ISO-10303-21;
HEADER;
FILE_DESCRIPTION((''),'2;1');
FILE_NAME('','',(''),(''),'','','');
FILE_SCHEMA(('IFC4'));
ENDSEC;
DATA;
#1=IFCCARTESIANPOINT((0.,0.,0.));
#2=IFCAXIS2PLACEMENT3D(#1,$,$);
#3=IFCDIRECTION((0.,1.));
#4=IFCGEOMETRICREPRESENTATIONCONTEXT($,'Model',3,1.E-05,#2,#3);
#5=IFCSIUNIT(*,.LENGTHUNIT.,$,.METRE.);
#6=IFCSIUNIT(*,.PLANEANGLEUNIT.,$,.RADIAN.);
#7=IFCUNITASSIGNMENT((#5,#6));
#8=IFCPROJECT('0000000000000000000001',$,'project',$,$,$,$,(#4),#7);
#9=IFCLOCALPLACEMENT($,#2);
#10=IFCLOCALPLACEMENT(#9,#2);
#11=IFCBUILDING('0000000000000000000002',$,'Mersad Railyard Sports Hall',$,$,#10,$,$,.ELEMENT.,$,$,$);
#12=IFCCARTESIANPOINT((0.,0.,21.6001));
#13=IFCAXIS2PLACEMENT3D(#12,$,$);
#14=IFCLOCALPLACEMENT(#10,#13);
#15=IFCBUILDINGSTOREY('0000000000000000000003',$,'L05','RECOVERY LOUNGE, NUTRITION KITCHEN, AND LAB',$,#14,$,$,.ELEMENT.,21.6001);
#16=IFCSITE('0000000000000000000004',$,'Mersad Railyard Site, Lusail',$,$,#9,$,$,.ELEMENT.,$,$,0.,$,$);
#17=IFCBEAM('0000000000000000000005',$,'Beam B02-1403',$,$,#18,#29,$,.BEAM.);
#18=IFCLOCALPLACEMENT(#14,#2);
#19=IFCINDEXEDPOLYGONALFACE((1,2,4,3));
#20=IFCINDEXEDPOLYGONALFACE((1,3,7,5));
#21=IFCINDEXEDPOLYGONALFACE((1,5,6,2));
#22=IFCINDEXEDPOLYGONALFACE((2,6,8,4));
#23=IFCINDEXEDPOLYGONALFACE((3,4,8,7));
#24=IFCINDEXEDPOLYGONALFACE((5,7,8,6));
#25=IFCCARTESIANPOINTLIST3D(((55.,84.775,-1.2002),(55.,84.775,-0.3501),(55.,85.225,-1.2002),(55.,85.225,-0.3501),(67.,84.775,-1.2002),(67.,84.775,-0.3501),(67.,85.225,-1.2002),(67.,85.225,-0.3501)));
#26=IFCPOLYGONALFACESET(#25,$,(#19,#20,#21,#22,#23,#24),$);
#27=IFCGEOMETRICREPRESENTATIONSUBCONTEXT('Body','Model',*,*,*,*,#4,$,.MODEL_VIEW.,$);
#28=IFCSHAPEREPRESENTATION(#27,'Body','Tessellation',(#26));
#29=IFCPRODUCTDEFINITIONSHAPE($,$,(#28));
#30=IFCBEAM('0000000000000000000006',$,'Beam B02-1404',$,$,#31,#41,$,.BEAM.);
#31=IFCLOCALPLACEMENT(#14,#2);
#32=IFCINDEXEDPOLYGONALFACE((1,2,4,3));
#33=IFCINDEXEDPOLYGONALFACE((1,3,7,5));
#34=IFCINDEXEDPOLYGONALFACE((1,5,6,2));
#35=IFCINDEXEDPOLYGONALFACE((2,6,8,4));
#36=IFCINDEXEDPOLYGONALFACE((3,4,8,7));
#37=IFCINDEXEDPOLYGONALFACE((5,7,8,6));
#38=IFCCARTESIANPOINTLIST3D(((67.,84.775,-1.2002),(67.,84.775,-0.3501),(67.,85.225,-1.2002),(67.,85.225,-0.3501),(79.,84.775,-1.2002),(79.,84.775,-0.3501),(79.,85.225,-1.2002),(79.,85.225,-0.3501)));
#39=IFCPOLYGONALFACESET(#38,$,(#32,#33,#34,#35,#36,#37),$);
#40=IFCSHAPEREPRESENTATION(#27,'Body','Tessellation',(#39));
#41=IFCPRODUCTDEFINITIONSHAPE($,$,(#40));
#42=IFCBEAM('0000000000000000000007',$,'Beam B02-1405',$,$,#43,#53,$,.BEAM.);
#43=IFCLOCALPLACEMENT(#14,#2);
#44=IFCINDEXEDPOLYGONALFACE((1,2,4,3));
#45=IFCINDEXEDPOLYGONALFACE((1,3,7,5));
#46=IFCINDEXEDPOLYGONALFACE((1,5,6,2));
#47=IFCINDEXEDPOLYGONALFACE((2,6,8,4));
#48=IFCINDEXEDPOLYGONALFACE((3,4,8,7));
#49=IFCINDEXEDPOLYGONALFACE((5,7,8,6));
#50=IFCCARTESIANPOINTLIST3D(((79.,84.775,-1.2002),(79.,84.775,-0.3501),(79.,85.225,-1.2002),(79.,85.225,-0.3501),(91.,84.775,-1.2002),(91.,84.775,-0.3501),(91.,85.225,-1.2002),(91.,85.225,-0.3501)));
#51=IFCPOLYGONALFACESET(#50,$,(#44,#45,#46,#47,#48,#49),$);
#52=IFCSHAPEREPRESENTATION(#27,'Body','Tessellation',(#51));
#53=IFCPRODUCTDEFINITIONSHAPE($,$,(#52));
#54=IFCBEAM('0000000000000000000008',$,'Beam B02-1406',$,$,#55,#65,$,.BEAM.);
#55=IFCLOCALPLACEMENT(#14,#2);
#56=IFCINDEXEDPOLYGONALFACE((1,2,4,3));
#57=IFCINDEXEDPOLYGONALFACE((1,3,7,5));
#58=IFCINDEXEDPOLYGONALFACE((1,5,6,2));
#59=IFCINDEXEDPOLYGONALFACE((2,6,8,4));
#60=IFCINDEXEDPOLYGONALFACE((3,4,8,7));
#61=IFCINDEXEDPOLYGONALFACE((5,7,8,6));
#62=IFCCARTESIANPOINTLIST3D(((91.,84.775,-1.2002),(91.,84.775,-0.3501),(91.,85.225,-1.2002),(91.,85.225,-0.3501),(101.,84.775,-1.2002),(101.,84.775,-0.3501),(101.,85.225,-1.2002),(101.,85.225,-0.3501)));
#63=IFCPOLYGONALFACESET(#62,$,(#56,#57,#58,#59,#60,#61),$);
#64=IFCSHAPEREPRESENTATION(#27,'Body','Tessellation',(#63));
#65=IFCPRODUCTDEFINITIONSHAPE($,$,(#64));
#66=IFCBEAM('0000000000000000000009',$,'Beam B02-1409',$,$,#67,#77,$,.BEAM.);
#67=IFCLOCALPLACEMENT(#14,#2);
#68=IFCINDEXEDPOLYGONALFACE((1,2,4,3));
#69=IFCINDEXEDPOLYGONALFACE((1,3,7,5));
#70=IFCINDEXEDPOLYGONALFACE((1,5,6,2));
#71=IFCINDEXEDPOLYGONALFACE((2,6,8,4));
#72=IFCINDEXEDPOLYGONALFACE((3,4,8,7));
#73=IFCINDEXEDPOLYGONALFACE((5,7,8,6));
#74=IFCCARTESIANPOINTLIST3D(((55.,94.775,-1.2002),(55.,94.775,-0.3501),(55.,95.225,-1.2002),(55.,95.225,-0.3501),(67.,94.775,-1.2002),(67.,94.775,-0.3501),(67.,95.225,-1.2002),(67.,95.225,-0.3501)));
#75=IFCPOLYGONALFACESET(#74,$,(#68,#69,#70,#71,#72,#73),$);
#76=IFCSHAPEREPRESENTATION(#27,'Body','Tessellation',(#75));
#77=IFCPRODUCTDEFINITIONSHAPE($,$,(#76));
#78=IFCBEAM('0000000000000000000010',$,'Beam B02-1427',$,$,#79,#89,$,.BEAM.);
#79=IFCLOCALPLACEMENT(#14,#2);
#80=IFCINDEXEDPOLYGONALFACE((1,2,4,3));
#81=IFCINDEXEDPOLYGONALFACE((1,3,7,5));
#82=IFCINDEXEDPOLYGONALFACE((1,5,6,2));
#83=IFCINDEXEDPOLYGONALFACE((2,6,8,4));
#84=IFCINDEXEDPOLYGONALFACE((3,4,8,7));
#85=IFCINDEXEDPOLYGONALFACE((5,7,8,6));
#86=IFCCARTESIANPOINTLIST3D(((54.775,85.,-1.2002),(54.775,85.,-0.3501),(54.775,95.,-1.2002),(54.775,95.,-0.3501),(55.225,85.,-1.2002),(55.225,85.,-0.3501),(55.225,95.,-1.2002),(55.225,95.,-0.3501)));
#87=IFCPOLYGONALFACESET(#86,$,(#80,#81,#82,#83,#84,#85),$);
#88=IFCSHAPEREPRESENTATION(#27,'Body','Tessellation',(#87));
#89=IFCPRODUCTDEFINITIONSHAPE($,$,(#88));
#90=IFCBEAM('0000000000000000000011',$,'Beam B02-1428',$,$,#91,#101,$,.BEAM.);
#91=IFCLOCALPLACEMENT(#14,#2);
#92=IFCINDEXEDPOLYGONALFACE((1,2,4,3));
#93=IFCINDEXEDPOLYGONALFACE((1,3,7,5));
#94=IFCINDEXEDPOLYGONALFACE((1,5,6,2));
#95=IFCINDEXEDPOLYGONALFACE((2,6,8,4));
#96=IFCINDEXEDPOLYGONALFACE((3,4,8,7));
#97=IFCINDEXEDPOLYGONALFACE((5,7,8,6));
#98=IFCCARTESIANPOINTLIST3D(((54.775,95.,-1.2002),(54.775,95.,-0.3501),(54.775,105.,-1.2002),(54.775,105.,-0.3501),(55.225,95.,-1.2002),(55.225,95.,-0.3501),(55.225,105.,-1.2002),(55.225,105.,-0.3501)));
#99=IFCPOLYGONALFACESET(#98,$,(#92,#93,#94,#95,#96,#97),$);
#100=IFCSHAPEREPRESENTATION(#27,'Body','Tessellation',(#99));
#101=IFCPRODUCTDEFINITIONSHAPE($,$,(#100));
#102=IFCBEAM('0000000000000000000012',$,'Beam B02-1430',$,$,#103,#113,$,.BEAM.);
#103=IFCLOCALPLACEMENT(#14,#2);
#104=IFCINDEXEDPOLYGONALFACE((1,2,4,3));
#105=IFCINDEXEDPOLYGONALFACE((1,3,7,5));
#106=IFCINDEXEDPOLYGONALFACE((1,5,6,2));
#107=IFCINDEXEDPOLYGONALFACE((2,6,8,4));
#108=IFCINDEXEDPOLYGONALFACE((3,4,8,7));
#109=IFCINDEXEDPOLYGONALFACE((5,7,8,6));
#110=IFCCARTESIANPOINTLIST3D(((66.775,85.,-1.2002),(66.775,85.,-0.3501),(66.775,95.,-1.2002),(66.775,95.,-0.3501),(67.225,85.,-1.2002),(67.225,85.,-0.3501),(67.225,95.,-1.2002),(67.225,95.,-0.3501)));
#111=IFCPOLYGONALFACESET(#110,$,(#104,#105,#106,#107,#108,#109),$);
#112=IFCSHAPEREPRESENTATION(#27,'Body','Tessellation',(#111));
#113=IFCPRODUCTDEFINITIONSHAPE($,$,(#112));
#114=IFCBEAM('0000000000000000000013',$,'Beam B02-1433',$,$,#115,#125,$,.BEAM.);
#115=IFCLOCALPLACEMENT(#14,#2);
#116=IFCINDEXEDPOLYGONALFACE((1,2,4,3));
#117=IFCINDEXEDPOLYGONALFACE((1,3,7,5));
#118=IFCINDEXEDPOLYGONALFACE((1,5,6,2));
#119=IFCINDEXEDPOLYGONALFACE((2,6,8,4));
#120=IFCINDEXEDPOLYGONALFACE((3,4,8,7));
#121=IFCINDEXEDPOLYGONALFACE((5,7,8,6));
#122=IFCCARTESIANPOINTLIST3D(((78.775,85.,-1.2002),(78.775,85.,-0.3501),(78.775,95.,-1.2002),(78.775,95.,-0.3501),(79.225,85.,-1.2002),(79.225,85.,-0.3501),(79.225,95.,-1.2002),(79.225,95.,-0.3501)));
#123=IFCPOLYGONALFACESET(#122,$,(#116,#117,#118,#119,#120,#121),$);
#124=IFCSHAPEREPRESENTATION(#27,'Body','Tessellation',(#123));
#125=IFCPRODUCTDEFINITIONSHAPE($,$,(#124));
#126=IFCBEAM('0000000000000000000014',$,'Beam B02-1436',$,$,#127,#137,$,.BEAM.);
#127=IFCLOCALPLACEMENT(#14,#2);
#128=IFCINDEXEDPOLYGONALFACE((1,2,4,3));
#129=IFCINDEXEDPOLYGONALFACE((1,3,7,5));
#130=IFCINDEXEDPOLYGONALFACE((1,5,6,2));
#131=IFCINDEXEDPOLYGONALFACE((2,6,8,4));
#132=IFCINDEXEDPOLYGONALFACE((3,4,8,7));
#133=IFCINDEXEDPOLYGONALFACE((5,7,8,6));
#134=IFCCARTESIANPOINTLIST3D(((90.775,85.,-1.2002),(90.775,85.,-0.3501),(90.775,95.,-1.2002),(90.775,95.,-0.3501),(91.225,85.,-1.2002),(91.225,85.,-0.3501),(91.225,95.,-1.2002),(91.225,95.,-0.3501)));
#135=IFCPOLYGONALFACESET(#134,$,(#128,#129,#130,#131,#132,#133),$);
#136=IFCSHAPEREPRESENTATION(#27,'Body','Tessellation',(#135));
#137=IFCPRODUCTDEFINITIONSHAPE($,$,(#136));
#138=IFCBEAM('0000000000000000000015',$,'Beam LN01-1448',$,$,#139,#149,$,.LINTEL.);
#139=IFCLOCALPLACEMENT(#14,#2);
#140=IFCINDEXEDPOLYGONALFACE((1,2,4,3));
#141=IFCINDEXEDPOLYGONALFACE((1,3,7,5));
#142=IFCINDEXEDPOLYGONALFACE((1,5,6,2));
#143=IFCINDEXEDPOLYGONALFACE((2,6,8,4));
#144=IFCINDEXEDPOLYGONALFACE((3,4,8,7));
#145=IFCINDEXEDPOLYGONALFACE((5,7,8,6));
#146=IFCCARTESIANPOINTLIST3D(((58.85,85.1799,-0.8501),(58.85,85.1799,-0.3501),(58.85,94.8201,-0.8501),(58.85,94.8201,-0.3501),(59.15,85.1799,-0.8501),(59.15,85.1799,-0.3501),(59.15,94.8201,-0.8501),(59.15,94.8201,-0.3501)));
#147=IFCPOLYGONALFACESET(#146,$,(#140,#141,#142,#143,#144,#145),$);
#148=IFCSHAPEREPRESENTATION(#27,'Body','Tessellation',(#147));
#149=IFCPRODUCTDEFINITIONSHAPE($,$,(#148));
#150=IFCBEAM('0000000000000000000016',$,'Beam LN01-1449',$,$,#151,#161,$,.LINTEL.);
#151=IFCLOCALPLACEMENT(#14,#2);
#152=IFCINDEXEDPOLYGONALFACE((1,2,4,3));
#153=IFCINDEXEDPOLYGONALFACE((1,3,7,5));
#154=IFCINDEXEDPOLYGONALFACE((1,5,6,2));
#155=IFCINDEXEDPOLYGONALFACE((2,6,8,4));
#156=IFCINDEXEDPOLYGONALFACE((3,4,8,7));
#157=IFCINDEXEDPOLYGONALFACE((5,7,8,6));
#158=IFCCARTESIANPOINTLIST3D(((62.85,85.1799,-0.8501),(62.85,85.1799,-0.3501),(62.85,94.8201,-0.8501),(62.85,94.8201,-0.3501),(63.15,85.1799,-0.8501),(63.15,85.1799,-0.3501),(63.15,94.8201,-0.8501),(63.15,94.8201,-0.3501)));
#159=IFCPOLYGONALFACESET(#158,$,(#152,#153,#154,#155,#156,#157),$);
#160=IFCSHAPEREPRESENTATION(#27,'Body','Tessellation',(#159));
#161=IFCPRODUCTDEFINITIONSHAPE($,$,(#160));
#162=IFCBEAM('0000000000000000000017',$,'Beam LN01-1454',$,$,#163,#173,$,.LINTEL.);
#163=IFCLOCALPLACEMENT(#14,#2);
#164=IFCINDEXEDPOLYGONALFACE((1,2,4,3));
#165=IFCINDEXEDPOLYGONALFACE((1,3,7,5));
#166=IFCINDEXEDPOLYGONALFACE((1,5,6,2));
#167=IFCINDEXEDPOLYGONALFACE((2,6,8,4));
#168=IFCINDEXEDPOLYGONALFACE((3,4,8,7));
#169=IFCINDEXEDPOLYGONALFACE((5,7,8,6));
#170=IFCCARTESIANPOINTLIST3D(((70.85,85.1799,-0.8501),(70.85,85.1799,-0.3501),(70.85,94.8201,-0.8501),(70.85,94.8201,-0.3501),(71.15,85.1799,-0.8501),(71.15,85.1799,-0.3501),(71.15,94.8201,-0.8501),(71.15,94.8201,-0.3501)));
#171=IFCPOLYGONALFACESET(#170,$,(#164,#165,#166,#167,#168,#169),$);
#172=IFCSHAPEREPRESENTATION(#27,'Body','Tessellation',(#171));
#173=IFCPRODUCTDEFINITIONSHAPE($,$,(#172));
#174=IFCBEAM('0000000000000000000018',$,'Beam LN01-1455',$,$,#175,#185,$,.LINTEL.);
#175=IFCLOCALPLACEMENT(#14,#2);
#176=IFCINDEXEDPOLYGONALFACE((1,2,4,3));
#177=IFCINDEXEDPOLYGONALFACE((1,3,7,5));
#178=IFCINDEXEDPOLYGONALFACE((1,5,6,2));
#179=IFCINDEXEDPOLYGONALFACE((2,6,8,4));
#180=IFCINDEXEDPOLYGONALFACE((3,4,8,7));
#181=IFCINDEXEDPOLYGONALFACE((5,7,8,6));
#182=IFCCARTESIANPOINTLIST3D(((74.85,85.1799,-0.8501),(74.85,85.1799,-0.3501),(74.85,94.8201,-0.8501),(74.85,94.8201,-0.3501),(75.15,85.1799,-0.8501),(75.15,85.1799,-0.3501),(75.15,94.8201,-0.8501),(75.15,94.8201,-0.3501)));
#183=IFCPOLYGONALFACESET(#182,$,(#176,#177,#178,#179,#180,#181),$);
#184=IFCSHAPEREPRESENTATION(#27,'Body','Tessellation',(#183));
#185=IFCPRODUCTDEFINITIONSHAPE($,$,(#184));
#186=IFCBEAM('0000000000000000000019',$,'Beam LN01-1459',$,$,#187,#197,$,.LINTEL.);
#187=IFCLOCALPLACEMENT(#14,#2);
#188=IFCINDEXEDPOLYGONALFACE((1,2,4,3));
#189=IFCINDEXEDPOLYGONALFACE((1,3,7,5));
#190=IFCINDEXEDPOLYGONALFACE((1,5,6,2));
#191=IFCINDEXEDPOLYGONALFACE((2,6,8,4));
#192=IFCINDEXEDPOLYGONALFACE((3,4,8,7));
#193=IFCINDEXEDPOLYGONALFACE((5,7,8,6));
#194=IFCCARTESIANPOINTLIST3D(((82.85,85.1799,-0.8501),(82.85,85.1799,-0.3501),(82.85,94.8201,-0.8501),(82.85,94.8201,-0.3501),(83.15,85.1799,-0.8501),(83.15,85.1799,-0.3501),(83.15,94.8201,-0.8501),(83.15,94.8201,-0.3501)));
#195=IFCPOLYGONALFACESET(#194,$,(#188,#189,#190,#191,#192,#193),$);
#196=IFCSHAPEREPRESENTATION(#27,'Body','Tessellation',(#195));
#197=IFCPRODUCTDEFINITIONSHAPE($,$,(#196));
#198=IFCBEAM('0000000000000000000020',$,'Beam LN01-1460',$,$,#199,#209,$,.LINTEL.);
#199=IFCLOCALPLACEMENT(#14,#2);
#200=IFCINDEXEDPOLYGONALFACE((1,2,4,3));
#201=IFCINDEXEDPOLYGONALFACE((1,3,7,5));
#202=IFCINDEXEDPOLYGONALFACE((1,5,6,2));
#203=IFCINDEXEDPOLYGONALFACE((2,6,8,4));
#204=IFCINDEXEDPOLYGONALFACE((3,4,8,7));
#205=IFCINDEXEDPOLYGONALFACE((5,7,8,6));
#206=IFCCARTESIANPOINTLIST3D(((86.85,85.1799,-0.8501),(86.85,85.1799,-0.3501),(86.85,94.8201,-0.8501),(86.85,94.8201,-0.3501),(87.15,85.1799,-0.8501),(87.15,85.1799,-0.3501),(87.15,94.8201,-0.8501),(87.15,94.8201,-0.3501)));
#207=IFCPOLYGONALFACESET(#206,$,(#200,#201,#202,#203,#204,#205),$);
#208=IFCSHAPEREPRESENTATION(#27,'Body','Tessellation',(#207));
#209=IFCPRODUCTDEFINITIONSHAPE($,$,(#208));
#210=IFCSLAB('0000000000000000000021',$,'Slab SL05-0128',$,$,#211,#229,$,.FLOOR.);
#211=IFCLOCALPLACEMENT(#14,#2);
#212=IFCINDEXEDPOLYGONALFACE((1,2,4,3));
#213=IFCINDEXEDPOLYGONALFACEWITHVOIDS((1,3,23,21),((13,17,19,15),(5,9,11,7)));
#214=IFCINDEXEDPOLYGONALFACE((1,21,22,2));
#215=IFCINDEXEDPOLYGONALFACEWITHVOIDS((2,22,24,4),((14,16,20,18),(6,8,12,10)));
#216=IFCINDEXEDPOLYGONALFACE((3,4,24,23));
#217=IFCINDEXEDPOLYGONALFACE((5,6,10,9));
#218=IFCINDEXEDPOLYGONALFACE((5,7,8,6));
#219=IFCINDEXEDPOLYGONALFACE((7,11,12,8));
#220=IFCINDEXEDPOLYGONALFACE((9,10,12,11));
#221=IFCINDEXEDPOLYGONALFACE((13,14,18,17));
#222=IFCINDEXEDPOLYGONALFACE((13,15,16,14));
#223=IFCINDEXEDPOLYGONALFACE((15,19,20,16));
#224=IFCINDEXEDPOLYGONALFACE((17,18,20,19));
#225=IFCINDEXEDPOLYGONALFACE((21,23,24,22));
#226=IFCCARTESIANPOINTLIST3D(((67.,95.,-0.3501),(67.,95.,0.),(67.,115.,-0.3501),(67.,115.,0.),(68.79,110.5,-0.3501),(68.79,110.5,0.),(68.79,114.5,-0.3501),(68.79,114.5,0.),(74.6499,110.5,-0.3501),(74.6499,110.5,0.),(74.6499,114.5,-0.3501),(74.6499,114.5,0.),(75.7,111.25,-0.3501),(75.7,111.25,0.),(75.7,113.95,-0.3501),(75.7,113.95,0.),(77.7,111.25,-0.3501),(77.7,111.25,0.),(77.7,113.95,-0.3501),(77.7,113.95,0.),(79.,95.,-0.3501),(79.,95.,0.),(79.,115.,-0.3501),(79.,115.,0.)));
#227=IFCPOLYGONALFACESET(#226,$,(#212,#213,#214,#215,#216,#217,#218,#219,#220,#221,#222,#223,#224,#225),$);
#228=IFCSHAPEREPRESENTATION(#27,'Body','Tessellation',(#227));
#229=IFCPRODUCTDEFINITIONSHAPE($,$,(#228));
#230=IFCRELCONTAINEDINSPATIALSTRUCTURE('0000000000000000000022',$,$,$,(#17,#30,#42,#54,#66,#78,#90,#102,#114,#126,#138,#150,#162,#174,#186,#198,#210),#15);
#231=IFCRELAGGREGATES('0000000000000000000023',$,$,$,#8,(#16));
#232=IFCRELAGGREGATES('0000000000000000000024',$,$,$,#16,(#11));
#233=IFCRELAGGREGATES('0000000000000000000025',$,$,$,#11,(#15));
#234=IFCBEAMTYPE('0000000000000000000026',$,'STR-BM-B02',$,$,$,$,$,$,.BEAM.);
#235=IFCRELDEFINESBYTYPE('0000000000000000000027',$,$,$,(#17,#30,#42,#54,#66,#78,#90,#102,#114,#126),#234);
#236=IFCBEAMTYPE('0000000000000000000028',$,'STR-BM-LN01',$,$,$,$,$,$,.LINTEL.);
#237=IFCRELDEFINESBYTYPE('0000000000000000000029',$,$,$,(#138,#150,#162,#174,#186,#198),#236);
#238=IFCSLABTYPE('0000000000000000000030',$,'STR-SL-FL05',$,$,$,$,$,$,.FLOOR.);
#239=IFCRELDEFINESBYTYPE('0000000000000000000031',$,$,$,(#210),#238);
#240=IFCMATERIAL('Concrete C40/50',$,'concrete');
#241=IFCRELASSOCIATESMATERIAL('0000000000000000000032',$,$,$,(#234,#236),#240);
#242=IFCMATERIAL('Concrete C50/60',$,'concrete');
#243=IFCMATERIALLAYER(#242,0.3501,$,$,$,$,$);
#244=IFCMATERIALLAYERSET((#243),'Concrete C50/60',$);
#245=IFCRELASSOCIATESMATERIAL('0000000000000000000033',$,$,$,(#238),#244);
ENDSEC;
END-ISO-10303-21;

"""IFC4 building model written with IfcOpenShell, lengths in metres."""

from ifc_helpers import new_model, si_unit, direction, frame, origin, origin_2d, place, context, subcontext, project, spatial, polyline, rectangle, outline, extrude, material, layer, layer_set, material_profile, profile_set, type_object, element, save


model = new_model("IFC4")

# Units and contexts
model_context = context("Model", 3, precision=1e-05, world=origin(), true_north=direction((0.0, 1.0)))
body_context = subcontext(model_context, "Body", "Model", "MODEL_VIEW")
ifc_project = project(units=[si_unit("LENGTHUNIT", "METRE"), si_unit("PLANEANGLEUNIT", "RADIAN")], contexts=[model_context])

# Site, building, storey
site_placement = place(None, origin())
site = spatial("IfcSite", under=ifc_project, at=site_placement, Name="Mersad Railyard Site, Lusail", CompositionType="ELEMENT", RefElevation=0.0)
building_placement = place(site_placement, origin())
building = spatial("IfcBuilding", under=site, at=building_placement, Name="Mersad Railyard Sports Hall", CompositionType="ELEMENT")
storey_placement = place(building_placement, frame((0.0, 0.0, 21.6001)))
storey = spatial("IfcBuildingStorey", under=building, at=storey_placement, Name="L05", Description="RECOVERY LOUNGE, NUTRITION KITCHEN, AND LAB", CompositionType="ELEMENT", Elevation=21.6001)

# Beams
ifc_material_1 = material(Name="Concrete C40/50", Category="concrete")
ifc_material_profile_1 = material_profile(ifc_material_1, rectangle(XDim=0.45, YDim=0.8501, at=origin_2d()), Name="RC 450x850")
ifc_profile_set_1 = profile_set([ifc_material_profile_1], Name="Concrete C40/50")
beam_type_1 = type_object("IfcBeamType", Name="STR-BM-B02", PredefinedType="BEAM", material=ifc_profile_set_1)
for number, where, z_axis, x_axis, name in (
    (1, (55.0, 85.0, -0.7751), (1.0, 0.0, 0.0), (0.0, 1.0, 0.0), "Beam B02-1403"),
    (2, (67.0, 85.0, -0.7751), (1.0, 0.0, 0.0), (0.0, 1.0, 0.0), "Beam B02-1404"),
    (3, (79.0, 85.0, -0.7751), (1.0, 0.0, 0.0), (0.0, 1.0, 0.0), "Beam B02-1405"),
):
    element("IfcBeam", number, at=place(storey_placement, frame(where, z_axis=z_axis, x_axis=x_axis)), inside=storey, type_object=beam_type_1, Name=name, PredefinedType="BEAM", context=body_context, shape_type="SweptSolid", body=[
        extrude(rectangle(XDim=0.45, YDim=0.8501, at=origin_2d()), origin(), (0.0, 0.0, 1.0), 12.0),
    ])
beam_1_placement = place(storey_placement, frame((91.0, 85.0, -0.7751), z_axis=(1.0, 0.0, 0.0), x_axis=(0.0, 1.0, 0.0)))
element("IfcBeam", 4, at=beam_1_placement, inside=storey, type_object=beam_type_1, Name="Beam B02-1406", PredefinedType="BEAM", context=body_context, shape_type="SweptSolid", body=[
    extrude(rectangle(XDim=0.45, YDim=0.8501, at=origin_2d()), origin(), (0.0, 0.0, 1.0), 10.0),
])
beam_2_placement = place(storey_placement, frame((55.0, 95.0, -0.7751), z_axis=(1.0, 0.0, 0.0), x_axis=(0.0, 1.0, 0.0)))
element("IfcBeam", 5, at=beam_2_placement, inside=storey, type_object=beam_type_1, Name="Beam B02-1409", PredefinedType="BEAM", context=body_context, shape_type="SweptSolid", body=[
    extrude(rectangle(XDim=0.45, YDim=0.8501, at=origin_2d()), origin(), (0.0, 0.0, 1.0), 12.0),
])
for number, where, z_axis, x_axis, name in (
    (6, (55.0, 85.0, -0.7751), (0.0, 1.0, 0.0), (-1.0, 0.0, 0.0), "Beam B02-1427"),
    (7, (55.0, 95.0, -0.7751), (0.0, 1.0, 0.0), (-1.0, 0.0, 0.0), "Beam B02-1428"),
    (8, (67.0, 85.0, -0.7751), (0.0, 1.0, 0.0), (-1.0, 0.0, 0.0), "Beam B02-1430"),
    (9, (79.0, 85.0, -0.7751), (0.0, 1.0, 0.0), (-1.0, 0.0, 0.0), "Beam B02-1433"),
    (10, (91.0, 85.0, -0.7751), (0.0, 1.0, 0.0), (-1.0, 0.0, 0.0), "Beam B02-1436"),
):
    element("IfcBeam", number, at=place(storey_placement, frame(where, z_axis=z_axis, x_axis=x_axis)), inside=storey, type_object=beam_type_1, Name=name, PredefinedType="BEAM", context=body_context, shape_type="SweptSolid", body=[
        extrude(rectangle(XDim=0.45, YDim=0.8501, at=origin_2d()), origin(), (0.0, 0.0, 1.0), 10.0),
    ])
ifc_material_profile_2 = material_profile(ifc_material_1, rectangle(XDim=0.3, YDim=0.5, at=origin_2d()), Name="RC 300x500")
ifc_profile_set_2 = profile_set([ifc_material_profile_2], Name="Concrete C40/50")
beam_type_2 = type_object("IfcBeamType", Name="STR-BM-LN01", PredefinedType="LINTEL", material=ifc_profile_set_2)
for number, where, z_axis, x_axis, name in (
    (11, (59.0, 85.1799, -0.6001), (0.0, 1.0, 0.0), (-1.0, 0.0, 0.0), "Beam LN01-1448"),
    (12, (63.0, 85.1799, -0.6001), (0.0, 1.0, 0.0), (-1.0, 0.0, 0.0), "Beam LN01-1449"),
    (13, (71.0, 85.1799, -0.6001), (0.0, 1.0, 0.0), (-1.0, 0.0, 0.0), "Beam LN01-1454"),
    (14, (75.0, 85.1799, -0.6001), (0.0, 1.0, 0.0), (-1.0, 0.0, 0.0), "Beam LN01-1455"),
    (15, (83.0, 85.1799, -0.6001), (0.0, 1.0, 0.0), (-1.0, 0.0, 0.0), "Beam LN01-1459"),
    (16, (87.0, 85.1799, -0.6001), (0.0, 1.0, 0.0), (-1.0, 0.0, 0.0), "Beam LN01-1460"),
):
    element("IfcBeam", number, at=place(storey_placement, frame(where, z_axis=z_axis, x_axis=x_axis)), inside=storey, type_object=beam_type_2, Name=name, PredefinedType="LINTEL", context=body_context, shape_type="SweptSolid", body=[
        extrude(rectangle(XDim=0.3, YDim=0.5, at=origin_2d()), origin(), (0.0, 0.0, 1.0), 9.6401),
    ])

# Slab
ifc_material_2 = material(Name="Concrete C50/60", Category="concrete")
ifc_layer_1 = layer(ifc_material_2, 0.3501)
ifc_layer_set_1 = layer_set([ifc_layer_1], Name="Concrete C50/60")
slab_type_1 = type_object("IfcSlabType", Name="STR-SL-FL05", PredefinedType="FLOOR", material=ifc_layer_set_1)
slab_1_placement = place(storey_placement, frame((0.0, 0.0, -0.3501)))
element("IfcSlab", 17, at=slab_1_placement, inside=storey, type_object=slab_type_1, Name="Slab SL05-0128", PredefinedType="FLOOR", context=body_context, shape_type="SweptSolid", body=[
    extrude(outline(polyline([(67.0, 95.0), (79.0, 95.0), (79.0, 115.0), (67.0, 115.0), (67.0, 95.0)]), holes=[polyline([(68.79, 110.5), (74.6499, 110.5), (74.6499, 114.5), (68.79, 114.5), (68.79, 110.5)]), polyline([(75.7, 111.25), (77.7, 111.25), (77.7, 113.95), (75.7, 113.95), (75.7, 111.25)])]), origin(), (0.0, 0.0, 1.0), 0.3501),
])

save(model, "model.ifc")
